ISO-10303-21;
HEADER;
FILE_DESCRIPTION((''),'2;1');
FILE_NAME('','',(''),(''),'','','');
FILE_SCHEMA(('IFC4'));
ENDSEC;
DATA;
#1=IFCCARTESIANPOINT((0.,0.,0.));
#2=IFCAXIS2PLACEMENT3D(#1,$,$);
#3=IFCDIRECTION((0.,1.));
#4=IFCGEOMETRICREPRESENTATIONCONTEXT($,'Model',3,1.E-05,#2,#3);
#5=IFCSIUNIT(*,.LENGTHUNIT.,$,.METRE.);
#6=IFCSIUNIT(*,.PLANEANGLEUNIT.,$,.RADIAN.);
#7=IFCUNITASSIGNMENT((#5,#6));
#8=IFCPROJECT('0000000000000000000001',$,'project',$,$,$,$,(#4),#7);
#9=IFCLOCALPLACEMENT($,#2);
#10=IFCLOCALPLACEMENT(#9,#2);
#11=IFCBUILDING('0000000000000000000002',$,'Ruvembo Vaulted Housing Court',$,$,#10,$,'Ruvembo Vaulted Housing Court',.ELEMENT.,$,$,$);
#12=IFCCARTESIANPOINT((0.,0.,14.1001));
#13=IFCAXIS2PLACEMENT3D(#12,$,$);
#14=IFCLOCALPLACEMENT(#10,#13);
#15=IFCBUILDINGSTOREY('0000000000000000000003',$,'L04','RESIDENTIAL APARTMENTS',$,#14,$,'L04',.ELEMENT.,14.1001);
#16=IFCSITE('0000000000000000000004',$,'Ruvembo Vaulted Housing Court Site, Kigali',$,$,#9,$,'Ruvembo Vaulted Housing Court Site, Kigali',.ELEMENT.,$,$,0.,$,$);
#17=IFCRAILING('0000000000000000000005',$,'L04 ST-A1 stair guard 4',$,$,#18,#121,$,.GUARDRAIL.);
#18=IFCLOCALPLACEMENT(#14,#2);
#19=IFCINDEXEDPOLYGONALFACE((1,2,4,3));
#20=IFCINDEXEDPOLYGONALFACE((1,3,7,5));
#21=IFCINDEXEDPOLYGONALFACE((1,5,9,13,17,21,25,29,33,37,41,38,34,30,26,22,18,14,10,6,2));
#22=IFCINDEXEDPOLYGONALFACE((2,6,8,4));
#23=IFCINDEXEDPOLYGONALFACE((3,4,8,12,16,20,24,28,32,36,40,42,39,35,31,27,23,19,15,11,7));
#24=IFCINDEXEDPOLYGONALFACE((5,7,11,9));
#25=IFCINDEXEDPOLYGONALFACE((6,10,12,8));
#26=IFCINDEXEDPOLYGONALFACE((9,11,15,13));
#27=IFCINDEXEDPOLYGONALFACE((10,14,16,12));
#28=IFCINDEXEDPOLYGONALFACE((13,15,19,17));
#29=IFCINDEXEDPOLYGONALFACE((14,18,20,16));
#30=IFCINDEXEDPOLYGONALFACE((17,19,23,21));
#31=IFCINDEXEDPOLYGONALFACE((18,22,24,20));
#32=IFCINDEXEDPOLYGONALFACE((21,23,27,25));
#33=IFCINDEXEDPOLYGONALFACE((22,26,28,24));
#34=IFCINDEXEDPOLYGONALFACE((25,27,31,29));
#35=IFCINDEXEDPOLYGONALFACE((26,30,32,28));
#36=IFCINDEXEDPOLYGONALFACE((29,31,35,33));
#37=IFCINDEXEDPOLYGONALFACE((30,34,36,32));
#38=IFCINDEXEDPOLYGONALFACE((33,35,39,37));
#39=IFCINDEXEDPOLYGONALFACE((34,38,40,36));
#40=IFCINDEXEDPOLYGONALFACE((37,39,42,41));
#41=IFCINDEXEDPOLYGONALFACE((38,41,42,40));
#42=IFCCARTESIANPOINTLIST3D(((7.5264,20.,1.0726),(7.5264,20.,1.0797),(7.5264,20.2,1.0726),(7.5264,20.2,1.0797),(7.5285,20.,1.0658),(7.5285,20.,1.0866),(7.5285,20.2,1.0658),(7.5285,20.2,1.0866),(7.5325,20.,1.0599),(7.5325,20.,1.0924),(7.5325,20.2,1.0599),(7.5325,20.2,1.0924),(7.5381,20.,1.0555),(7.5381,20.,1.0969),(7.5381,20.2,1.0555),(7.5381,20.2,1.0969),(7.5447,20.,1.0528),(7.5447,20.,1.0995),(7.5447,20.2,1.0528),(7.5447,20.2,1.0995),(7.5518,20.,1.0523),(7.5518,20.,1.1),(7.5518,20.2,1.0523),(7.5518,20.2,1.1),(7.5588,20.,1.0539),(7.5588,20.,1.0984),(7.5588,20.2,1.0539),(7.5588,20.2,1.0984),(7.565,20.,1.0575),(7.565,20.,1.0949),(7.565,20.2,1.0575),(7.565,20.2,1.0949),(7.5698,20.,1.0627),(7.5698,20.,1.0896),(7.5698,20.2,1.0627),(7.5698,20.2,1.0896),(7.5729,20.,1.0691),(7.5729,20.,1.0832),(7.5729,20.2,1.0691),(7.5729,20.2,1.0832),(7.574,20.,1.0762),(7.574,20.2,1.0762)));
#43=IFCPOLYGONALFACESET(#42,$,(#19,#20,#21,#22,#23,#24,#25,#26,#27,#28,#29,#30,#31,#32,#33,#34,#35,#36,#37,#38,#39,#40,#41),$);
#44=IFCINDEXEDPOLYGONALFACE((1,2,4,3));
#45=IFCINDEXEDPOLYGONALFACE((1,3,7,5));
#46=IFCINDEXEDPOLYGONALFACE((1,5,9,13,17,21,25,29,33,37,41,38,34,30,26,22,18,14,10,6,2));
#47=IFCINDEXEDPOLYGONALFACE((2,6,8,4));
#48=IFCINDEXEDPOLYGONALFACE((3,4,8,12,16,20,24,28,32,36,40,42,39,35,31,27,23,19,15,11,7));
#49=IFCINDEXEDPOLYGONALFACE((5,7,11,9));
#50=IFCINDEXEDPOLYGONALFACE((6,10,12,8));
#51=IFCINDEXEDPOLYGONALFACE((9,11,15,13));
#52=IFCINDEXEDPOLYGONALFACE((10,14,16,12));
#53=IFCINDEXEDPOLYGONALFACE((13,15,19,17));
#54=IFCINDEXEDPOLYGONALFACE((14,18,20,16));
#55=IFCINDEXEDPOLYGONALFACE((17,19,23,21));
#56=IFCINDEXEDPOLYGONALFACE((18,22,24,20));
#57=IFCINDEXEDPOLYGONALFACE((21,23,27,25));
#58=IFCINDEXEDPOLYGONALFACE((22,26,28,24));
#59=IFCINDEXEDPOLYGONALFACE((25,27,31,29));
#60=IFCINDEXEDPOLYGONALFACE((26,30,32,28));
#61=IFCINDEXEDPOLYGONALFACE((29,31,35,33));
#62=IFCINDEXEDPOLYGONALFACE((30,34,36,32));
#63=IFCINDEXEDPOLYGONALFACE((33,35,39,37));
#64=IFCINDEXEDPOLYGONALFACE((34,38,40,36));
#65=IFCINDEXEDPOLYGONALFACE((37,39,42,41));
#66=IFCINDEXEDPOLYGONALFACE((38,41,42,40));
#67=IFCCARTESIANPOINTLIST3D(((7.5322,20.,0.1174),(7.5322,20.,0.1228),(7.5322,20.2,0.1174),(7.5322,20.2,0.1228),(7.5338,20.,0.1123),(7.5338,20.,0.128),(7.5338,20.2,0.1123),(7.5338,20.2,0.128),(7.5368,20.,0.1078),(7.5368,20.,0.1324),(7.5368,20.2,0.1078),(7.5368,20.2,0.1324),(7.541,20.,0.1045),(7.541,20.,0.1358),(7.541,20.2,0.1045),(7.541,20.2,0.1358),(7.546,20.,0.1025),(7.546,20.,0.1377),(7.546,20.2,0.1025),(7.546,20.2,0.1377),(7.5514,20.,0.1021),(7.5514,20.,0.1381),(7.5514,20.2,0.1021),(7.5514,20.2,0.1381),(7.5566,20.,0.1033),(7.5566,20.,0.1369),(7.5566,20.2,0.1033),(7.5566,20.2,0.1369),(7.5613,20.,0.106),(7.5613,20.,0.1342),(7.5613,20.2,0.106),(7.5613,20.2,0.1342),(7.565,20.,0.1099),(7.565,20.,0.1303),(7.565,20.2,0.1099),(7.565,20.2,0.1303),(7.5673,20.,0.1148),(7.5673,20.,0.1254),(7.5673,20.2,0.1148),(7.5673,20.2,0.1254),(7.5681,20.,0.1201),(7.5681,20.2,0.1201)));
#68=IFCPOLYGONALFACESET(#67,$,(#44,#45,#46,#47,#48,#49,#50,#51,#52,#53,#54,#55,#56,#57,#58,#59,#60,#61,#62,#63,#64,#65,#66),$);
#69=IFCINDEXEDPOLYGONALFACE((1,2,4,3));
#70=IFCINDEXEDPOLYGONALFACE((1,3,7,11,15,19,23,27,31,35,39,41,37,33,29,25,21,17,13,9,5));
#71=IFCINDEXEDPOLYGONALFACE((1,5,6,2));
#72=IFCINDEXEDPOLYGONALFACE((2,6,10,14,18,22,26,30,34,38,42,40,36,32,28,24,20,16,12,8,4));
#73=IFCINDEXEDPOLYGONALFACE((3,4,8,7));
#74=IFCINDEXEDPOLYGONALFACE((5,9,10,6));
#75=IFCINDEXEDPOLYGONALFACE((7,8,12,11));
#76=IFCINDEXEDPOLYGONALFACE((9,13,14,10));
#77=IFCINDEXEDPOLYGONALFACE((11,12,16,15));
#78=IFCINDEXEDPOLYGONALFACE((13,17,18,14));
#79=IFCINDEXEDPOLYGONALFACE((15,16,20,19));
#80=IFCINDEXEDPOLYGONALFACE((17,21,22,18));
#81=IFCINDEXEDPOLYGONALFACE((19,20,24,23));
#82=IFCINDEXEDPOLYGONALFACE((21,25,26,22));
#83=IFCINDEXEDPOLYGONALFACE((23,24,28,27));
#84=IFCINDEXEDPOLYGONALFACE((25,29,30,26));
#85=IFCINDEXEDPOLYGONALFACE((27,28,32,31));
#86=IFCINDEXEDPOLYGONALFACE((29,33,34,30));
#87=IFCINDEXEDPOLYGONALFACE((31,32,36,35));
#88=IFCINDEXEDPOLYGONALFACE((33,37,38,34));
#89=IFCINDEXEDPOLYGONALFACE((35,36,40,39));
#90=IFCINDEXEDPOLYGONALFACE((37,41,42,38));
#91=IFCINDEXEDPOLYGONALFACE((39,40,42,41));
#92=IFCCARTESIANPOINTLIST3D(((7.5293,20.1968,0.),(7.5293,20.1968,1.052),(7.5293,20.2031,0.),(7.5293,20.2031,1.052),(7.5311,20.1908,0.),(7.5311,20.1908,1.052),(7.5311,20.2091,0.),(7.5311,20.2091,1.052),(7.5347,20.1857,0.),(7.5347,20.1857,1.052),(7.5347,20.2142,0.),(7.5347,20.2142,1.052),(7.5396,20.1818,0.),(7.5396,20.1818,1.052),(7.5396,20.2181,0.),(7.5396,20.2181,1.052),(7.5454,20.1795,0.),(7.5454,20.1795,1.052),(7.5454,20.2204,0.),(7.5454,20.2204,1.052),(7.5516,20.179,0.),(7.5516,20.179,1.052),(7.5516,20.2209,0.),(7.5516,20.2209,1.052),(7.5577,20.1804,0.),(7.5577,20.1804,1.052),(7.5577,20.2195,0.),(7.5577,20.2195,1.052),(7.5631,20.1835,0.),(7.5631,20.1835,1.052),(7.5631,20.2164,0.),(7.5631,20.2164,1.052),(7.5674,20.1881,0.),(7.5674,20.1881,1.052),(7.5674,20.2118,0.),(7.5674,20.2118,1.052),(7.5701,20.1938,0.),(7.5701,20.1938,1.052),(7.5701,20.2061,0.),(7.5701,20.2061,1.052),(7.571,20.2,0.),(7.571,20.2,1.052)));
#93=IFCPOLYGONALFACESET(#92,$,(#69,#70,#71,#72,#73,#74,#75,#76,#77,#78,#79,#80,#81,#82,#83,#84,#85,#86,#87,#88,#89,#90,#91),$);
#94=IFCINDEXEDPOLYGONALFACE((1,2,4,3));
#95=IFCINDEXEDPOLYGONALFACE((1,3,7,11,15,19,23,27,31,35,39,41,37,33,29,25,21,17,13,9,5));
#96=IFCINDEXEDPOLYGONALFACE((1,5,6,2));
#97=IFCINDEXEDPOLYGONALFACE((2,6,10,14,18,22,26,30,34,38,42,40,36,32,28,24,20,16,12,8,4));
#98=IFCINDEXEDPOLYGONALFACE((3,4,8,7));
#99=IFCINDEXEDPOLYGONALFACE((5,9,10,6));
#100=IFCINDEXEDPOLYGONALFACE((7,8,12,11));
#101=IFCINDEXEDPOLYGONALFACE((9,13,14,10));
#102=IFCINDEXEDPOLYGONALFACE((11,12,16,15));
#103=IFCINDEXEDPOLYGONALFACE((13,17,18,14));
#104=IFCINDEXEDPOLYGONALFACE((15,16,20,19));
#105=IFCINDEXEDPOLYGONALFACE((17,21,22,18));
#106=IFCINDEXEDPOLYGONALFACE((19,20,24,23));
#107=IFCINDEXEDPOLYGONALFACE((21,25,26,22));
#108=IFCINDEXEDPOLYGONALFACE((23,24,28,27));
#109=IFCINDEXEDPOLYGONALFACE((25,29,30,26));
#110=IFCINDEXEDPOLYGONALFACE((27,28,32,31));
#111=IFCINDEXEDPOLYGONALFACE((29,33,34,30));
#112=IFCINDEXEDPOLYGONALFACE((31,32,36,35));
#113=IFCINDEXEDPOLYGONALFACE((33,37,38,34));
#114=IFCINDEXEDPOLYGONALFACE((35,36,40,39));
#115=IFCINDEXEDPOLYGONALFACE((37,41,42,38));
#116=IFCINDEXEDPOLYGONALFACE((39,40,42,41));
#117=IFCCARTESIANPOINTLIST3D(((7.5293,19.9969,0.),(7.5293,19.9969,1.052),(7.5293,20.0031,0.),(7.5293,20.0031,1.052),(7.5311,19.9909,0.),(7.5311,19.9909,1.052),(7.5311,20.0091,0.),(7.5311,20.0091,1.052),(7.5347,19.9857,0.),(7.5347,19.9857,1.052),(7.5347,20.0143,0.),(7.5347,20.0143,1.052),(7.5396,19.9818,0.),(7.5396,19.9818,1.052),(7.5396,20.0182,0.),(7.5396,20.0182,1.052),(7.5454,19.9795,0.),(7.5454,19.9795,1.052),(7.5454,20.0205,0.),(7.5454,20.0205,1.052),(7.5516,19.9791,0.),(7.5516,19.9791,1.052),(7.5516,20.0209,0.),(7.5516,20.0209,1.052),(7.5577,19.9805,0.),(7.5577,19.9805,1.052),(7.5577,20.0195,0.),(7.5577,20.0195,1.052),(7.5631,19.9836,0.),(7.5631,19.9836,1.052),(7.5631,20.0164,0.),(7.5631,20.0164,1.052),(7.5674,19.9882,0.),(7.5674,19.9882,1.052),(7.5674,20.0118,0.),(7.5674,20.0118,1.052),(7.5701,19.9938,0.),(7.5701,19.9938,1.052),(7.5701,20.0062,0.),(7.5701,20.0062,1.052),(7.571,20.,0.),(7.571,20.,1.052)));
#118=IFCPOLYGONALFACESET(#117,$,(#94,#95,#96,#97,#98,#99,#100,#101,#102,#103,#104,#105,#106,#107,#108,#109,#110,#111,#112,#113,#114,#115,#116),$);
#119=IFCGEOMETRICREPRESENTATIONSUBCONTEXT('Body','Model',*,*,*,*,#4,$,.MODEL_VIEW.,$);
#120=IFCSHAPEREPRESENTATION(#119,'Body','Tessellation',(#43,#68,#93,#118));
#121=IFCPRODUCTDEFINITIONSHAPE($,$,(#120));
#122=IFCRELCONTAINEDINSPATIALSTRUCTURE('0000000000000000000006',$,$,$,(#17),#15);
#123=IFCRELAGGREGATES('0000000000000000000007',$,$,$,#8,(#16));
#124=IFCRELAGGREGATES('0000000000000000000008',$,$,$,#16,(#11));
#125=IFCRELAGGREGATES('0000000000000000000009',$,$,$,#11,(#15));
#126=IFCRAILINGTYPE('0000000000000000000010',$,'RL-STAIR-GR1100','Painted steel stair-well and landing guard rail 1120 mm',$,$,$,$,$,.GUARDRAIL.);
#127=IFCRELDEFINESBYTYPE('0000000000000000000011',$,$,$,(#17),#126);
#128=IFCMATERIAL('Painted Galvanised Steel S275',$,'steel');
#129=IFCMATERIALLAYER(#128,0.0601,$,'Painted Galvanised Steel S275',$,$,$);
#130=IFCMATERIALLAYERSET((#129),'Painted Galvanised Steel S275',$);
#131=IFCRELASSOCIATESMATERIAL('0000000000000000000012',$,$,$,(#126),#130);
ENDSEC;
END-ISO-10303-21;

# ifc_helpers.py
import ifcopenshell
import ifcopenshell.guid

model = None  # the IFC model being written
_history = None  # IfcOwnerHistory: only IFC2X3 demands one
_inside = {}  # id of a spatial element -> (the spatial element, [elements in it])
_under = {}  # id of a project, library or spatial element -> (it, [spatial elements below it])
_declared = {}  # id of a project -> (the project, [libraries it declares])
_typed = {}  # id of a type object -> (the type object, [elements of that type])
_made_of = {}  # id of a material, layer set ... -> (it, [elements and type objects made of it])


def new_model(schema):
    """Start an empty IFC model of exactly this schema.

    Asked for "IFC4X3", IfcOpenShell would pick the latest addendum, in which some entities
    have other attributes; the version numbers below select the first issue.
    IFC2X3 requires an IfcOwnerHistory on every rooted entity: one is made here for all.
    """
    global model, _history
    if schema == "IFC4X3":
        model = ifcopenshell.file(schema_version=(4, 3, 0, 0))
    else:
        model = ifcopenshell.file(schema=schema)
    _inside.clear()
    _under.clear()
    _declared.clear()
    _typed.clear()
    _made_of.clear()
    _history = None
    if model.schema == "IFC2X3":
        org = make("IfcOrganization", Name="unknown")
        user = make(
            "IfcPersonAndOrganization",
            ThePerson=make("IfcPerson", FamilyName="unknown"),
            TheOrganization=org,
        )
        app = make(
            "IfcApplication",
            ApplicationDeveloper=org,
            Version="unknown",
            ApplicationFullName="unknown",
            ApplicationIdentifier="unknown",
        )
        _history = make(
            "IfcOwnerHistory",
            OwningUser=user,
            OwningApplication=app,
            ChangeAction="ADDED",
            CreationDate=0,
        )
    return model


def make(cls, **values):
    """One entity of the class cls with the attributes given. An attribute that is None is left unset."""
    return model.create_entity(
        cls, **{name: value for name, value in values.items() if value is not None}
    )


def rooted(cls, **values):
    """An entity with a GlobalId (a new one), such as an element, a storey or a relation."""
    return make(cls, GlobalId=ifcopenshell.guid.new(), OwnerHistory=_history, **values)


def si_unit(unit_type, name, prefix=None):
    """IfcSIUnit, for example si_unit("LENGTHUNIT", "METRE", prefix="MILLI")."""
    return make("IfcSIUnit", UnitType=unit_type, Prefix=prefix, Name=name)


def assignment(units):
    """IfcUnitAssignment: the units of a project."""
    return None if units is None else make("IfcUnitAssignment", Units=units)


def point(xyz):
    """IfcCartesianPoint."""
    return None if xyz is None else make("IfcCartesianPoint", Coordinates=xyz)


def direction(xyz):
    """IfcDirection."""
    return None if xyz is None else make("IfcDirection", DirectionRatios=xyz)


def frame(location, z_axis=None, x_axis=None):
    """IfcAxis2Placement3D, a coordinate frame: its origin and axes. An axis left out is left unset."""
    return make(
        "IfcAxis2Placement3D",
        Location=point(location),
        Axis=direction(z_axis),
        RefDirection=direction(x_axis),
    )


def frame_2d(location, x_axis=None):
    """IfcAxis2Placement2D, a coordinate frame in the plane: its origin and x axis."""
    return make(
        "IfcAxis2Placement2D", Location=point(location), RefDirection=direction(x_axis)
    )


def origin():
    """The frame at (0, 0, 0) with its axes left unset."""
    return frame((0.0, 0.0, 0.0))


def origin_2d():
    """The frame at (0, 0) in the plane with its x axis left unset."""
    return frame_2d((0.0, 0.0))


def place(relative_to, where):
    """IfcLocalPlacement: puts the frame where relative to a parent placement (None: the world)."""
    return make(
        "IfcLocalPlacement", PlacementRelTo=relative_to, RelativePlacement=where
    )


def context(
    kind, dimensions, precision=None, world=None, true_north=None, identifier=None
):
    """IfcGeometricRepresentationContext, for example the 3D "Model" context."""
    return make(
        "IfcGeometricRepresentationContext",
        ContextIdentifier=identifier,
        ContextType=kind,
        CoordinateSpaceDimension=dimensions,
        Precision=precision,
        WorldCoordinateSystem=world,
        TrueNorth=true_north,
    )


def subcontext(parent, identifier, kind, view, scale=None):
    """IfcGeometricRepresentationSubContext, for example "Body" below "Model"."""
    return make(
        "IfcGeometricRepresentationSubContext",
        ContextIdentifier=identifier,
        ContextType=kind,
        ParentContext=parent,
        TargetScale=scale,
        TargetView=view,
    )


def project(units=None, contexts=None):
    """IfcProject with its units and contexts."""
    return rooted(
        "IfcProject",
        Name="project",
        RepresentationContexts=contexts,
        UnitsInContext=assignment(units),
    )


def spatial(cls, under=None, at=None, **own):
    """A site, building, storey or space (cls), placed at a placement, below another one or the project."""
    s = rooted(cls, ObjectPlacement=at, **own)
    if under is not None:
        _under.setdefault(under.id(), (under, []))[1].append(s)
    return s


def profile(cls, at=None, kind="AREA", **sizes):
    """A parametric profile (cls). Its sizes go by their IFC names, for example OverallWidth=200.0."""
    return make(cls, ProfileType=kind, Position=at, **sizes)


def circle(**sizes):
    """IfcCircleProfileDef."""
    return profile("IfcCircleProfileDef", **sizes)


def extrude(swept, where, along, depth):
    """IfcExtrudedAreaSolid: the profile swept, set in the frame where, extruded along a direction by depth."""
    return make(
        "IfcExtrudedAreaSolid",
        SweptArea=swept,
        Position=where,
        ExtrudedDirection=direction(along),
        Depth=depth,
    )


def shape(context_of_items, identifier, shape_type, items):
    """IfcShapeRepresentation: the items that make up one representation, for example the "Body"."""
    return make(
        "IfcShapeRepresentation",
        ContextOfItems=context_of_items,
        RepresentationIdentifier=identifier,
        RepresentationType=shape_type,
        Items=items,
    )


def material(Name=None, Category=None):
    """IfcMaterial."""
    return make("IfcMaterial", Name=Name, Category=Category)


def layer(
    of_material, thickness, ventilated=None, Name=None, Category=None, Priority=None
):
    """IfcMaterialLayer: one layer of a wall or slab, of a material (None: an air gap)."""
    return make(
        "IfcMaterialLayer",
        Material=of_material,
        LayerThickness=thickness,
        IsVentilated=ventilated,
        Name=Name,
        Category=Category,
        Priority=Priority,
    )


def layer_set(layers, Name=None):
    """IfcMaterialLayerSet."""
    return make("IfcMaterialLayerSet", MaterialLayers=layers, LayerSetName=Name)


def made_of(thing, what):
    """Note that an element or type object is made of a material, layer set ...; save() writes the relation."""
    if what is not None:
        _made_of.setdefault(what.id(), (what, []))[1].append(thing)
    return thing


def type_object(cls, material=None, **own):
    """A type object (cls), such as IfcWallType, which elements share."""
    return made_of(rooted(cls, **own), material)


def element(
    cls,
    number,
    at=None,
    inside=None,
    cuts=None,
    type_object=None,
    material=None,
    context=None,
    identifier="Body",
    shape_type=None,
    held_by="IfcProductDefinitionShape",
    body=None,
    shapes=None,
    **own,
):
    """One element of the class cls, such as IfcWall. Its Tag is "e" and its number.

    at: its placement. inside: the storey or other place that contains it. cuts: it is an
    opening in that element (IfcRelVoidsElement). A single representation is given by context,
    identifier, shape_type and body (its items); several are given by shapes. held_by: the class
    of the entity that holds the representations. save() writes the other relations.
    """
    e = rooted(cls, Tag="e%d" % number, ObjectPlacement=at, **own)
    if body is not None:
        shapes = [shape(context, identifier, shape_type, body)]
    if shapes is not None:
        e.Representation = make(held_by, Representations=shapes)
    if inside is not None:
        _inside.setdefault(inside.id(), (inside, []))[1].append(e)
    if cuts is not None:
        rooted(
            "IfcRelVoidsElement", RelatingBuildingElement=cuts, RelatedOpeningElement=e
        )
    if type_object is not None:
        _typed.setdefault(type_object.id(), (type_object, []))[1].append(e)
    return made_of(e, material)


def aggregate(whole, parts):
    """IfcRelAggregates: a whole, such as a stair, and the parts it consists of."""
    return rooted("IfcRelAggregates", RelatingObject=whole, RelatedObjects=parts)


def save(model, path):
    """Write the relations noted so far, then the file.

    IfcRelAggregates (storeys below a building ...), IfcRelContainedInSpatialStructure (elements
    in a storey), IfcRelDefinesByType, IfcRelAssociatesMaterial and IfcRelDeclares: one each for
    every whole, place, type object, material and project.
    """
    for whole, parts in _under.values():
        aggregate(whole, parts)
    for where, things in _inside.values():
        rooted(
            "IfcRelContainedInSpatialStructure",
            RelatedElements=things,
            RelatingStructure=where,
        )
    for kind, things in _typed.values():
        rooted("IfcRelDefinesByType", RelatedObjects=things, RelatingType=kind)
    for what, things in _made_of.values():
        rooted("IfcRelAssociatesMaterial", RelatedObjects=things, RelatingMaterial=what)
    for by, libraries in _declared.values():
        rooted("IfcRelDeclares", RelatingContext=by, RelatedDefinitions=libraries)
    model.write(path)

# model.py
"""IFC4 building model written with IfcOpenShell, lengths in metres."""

from ifc_helpers import new_model, si_unit, direction, frame, origin, origin_2d, place, context, subcontext, project, spatial, circle, extrude, material, layer, layer_set, type_object, element, save


model = new_model("IFC4")

# Units and contexts
model_context = context("Model", 3, precision=1e-05, world=origin(), true_north=direction((0.0, 1.0)))
body_context = subcontext(model_context, "Body", "Model", "MODEL_VIEW")
ifc_project = project(units=[si_unit("LENGTHUNIT", "METRE"), si_unit("PLANEANGLEUNIT", "RADIAN")], contexts=[model_context])

# Site, building, storey
site_placement = place(None, origin())
site = spatial("IfcSite", under=ifc_project, at=site_placement, Name="Ruvembo Vaulted Housing Court Site, Kigali", LongName="Ruvembo Vaulted Housing Court Site, Kigali", CompositionType="ELEMENT", RefElevation=0.0)
building_placement = place(site_placement, origin())
building = spatial("IfcBuilding", under=site, at=building_placement, Name="Ruvembo Vaulted Housing Court", LongName="Ruvembo Vaulted Housing Court", CompositionType="ELEMENT")
storey_placement = place(building_placement, frame((0.0, 0.0, 14.1001)))
storey = spatial("IfcBuildingStorey", under=building, at=storey_placement, Name="L04", Description="RESIDENTIAL APARTMENTS", LongName="L04", CompositionType="ELEMENT", Elevation=14.1001)

# Railing
ifc_material_1 = material(Name="Painted Galvanised Steel S275", Category="steel")
ifc_layer_1 = layer(ifc_material_1, 0.0601, Name="Painted Galvanised Steel S275")
ifc_layer_set_1 = layer_set([ifc_layer_1], Name="Painted Galvanised Steel S275")
railing_type_1 = type_object("IfcRailingType", Name="RL-STAIR-GR1100", Description="Painted steel stair-well and landing guard rail 1120 mm", PredefinedType="GUARDRAIL", material=ifc_layer_set_1)
railing_1_placement = place(storey_placement, frame((7.55, 20.2, 0.0)))
element("IfcRailing", 1, at=railing_1_placement, inside=storey, type_object=railing_type_1, Name="L04 ST-A1 stair guard 4", PredefinedType="GUARDRAIL", context=body_context, shape_type="SweptSolid", body=[
    extrude(circle(Radius=0.0239, at=origin_2d()), frame((0.0, 0.0, 1.0762), z_axis=(0.0, -1.0, 0.0), x_axis=(1.0, 0.0, 0.0)), (0.0, 0.0, 1.0), 0.2),
    extrude(circle(Radius=0.0181, at=origin_2d()), frame((0.0, 0.0, 0.1201), z_axis=(0.0, -1.0, 0.0), x_axis=(1.0, 0.0, 0.0)), (0.0, 0.0, 1.0), 0.2),
    extrude(circle(Radius=0.021, at=origin_2d()), origin(), (0.0, 0.0, 1.0), 1.052),
    extrude(circle(Radius=0.021, at=origin_2d()), frame((0.0, -0.2, 0.0)), (0.0, 0.0, 1.0), 1.052),
])

save(model, "model.ifc")
